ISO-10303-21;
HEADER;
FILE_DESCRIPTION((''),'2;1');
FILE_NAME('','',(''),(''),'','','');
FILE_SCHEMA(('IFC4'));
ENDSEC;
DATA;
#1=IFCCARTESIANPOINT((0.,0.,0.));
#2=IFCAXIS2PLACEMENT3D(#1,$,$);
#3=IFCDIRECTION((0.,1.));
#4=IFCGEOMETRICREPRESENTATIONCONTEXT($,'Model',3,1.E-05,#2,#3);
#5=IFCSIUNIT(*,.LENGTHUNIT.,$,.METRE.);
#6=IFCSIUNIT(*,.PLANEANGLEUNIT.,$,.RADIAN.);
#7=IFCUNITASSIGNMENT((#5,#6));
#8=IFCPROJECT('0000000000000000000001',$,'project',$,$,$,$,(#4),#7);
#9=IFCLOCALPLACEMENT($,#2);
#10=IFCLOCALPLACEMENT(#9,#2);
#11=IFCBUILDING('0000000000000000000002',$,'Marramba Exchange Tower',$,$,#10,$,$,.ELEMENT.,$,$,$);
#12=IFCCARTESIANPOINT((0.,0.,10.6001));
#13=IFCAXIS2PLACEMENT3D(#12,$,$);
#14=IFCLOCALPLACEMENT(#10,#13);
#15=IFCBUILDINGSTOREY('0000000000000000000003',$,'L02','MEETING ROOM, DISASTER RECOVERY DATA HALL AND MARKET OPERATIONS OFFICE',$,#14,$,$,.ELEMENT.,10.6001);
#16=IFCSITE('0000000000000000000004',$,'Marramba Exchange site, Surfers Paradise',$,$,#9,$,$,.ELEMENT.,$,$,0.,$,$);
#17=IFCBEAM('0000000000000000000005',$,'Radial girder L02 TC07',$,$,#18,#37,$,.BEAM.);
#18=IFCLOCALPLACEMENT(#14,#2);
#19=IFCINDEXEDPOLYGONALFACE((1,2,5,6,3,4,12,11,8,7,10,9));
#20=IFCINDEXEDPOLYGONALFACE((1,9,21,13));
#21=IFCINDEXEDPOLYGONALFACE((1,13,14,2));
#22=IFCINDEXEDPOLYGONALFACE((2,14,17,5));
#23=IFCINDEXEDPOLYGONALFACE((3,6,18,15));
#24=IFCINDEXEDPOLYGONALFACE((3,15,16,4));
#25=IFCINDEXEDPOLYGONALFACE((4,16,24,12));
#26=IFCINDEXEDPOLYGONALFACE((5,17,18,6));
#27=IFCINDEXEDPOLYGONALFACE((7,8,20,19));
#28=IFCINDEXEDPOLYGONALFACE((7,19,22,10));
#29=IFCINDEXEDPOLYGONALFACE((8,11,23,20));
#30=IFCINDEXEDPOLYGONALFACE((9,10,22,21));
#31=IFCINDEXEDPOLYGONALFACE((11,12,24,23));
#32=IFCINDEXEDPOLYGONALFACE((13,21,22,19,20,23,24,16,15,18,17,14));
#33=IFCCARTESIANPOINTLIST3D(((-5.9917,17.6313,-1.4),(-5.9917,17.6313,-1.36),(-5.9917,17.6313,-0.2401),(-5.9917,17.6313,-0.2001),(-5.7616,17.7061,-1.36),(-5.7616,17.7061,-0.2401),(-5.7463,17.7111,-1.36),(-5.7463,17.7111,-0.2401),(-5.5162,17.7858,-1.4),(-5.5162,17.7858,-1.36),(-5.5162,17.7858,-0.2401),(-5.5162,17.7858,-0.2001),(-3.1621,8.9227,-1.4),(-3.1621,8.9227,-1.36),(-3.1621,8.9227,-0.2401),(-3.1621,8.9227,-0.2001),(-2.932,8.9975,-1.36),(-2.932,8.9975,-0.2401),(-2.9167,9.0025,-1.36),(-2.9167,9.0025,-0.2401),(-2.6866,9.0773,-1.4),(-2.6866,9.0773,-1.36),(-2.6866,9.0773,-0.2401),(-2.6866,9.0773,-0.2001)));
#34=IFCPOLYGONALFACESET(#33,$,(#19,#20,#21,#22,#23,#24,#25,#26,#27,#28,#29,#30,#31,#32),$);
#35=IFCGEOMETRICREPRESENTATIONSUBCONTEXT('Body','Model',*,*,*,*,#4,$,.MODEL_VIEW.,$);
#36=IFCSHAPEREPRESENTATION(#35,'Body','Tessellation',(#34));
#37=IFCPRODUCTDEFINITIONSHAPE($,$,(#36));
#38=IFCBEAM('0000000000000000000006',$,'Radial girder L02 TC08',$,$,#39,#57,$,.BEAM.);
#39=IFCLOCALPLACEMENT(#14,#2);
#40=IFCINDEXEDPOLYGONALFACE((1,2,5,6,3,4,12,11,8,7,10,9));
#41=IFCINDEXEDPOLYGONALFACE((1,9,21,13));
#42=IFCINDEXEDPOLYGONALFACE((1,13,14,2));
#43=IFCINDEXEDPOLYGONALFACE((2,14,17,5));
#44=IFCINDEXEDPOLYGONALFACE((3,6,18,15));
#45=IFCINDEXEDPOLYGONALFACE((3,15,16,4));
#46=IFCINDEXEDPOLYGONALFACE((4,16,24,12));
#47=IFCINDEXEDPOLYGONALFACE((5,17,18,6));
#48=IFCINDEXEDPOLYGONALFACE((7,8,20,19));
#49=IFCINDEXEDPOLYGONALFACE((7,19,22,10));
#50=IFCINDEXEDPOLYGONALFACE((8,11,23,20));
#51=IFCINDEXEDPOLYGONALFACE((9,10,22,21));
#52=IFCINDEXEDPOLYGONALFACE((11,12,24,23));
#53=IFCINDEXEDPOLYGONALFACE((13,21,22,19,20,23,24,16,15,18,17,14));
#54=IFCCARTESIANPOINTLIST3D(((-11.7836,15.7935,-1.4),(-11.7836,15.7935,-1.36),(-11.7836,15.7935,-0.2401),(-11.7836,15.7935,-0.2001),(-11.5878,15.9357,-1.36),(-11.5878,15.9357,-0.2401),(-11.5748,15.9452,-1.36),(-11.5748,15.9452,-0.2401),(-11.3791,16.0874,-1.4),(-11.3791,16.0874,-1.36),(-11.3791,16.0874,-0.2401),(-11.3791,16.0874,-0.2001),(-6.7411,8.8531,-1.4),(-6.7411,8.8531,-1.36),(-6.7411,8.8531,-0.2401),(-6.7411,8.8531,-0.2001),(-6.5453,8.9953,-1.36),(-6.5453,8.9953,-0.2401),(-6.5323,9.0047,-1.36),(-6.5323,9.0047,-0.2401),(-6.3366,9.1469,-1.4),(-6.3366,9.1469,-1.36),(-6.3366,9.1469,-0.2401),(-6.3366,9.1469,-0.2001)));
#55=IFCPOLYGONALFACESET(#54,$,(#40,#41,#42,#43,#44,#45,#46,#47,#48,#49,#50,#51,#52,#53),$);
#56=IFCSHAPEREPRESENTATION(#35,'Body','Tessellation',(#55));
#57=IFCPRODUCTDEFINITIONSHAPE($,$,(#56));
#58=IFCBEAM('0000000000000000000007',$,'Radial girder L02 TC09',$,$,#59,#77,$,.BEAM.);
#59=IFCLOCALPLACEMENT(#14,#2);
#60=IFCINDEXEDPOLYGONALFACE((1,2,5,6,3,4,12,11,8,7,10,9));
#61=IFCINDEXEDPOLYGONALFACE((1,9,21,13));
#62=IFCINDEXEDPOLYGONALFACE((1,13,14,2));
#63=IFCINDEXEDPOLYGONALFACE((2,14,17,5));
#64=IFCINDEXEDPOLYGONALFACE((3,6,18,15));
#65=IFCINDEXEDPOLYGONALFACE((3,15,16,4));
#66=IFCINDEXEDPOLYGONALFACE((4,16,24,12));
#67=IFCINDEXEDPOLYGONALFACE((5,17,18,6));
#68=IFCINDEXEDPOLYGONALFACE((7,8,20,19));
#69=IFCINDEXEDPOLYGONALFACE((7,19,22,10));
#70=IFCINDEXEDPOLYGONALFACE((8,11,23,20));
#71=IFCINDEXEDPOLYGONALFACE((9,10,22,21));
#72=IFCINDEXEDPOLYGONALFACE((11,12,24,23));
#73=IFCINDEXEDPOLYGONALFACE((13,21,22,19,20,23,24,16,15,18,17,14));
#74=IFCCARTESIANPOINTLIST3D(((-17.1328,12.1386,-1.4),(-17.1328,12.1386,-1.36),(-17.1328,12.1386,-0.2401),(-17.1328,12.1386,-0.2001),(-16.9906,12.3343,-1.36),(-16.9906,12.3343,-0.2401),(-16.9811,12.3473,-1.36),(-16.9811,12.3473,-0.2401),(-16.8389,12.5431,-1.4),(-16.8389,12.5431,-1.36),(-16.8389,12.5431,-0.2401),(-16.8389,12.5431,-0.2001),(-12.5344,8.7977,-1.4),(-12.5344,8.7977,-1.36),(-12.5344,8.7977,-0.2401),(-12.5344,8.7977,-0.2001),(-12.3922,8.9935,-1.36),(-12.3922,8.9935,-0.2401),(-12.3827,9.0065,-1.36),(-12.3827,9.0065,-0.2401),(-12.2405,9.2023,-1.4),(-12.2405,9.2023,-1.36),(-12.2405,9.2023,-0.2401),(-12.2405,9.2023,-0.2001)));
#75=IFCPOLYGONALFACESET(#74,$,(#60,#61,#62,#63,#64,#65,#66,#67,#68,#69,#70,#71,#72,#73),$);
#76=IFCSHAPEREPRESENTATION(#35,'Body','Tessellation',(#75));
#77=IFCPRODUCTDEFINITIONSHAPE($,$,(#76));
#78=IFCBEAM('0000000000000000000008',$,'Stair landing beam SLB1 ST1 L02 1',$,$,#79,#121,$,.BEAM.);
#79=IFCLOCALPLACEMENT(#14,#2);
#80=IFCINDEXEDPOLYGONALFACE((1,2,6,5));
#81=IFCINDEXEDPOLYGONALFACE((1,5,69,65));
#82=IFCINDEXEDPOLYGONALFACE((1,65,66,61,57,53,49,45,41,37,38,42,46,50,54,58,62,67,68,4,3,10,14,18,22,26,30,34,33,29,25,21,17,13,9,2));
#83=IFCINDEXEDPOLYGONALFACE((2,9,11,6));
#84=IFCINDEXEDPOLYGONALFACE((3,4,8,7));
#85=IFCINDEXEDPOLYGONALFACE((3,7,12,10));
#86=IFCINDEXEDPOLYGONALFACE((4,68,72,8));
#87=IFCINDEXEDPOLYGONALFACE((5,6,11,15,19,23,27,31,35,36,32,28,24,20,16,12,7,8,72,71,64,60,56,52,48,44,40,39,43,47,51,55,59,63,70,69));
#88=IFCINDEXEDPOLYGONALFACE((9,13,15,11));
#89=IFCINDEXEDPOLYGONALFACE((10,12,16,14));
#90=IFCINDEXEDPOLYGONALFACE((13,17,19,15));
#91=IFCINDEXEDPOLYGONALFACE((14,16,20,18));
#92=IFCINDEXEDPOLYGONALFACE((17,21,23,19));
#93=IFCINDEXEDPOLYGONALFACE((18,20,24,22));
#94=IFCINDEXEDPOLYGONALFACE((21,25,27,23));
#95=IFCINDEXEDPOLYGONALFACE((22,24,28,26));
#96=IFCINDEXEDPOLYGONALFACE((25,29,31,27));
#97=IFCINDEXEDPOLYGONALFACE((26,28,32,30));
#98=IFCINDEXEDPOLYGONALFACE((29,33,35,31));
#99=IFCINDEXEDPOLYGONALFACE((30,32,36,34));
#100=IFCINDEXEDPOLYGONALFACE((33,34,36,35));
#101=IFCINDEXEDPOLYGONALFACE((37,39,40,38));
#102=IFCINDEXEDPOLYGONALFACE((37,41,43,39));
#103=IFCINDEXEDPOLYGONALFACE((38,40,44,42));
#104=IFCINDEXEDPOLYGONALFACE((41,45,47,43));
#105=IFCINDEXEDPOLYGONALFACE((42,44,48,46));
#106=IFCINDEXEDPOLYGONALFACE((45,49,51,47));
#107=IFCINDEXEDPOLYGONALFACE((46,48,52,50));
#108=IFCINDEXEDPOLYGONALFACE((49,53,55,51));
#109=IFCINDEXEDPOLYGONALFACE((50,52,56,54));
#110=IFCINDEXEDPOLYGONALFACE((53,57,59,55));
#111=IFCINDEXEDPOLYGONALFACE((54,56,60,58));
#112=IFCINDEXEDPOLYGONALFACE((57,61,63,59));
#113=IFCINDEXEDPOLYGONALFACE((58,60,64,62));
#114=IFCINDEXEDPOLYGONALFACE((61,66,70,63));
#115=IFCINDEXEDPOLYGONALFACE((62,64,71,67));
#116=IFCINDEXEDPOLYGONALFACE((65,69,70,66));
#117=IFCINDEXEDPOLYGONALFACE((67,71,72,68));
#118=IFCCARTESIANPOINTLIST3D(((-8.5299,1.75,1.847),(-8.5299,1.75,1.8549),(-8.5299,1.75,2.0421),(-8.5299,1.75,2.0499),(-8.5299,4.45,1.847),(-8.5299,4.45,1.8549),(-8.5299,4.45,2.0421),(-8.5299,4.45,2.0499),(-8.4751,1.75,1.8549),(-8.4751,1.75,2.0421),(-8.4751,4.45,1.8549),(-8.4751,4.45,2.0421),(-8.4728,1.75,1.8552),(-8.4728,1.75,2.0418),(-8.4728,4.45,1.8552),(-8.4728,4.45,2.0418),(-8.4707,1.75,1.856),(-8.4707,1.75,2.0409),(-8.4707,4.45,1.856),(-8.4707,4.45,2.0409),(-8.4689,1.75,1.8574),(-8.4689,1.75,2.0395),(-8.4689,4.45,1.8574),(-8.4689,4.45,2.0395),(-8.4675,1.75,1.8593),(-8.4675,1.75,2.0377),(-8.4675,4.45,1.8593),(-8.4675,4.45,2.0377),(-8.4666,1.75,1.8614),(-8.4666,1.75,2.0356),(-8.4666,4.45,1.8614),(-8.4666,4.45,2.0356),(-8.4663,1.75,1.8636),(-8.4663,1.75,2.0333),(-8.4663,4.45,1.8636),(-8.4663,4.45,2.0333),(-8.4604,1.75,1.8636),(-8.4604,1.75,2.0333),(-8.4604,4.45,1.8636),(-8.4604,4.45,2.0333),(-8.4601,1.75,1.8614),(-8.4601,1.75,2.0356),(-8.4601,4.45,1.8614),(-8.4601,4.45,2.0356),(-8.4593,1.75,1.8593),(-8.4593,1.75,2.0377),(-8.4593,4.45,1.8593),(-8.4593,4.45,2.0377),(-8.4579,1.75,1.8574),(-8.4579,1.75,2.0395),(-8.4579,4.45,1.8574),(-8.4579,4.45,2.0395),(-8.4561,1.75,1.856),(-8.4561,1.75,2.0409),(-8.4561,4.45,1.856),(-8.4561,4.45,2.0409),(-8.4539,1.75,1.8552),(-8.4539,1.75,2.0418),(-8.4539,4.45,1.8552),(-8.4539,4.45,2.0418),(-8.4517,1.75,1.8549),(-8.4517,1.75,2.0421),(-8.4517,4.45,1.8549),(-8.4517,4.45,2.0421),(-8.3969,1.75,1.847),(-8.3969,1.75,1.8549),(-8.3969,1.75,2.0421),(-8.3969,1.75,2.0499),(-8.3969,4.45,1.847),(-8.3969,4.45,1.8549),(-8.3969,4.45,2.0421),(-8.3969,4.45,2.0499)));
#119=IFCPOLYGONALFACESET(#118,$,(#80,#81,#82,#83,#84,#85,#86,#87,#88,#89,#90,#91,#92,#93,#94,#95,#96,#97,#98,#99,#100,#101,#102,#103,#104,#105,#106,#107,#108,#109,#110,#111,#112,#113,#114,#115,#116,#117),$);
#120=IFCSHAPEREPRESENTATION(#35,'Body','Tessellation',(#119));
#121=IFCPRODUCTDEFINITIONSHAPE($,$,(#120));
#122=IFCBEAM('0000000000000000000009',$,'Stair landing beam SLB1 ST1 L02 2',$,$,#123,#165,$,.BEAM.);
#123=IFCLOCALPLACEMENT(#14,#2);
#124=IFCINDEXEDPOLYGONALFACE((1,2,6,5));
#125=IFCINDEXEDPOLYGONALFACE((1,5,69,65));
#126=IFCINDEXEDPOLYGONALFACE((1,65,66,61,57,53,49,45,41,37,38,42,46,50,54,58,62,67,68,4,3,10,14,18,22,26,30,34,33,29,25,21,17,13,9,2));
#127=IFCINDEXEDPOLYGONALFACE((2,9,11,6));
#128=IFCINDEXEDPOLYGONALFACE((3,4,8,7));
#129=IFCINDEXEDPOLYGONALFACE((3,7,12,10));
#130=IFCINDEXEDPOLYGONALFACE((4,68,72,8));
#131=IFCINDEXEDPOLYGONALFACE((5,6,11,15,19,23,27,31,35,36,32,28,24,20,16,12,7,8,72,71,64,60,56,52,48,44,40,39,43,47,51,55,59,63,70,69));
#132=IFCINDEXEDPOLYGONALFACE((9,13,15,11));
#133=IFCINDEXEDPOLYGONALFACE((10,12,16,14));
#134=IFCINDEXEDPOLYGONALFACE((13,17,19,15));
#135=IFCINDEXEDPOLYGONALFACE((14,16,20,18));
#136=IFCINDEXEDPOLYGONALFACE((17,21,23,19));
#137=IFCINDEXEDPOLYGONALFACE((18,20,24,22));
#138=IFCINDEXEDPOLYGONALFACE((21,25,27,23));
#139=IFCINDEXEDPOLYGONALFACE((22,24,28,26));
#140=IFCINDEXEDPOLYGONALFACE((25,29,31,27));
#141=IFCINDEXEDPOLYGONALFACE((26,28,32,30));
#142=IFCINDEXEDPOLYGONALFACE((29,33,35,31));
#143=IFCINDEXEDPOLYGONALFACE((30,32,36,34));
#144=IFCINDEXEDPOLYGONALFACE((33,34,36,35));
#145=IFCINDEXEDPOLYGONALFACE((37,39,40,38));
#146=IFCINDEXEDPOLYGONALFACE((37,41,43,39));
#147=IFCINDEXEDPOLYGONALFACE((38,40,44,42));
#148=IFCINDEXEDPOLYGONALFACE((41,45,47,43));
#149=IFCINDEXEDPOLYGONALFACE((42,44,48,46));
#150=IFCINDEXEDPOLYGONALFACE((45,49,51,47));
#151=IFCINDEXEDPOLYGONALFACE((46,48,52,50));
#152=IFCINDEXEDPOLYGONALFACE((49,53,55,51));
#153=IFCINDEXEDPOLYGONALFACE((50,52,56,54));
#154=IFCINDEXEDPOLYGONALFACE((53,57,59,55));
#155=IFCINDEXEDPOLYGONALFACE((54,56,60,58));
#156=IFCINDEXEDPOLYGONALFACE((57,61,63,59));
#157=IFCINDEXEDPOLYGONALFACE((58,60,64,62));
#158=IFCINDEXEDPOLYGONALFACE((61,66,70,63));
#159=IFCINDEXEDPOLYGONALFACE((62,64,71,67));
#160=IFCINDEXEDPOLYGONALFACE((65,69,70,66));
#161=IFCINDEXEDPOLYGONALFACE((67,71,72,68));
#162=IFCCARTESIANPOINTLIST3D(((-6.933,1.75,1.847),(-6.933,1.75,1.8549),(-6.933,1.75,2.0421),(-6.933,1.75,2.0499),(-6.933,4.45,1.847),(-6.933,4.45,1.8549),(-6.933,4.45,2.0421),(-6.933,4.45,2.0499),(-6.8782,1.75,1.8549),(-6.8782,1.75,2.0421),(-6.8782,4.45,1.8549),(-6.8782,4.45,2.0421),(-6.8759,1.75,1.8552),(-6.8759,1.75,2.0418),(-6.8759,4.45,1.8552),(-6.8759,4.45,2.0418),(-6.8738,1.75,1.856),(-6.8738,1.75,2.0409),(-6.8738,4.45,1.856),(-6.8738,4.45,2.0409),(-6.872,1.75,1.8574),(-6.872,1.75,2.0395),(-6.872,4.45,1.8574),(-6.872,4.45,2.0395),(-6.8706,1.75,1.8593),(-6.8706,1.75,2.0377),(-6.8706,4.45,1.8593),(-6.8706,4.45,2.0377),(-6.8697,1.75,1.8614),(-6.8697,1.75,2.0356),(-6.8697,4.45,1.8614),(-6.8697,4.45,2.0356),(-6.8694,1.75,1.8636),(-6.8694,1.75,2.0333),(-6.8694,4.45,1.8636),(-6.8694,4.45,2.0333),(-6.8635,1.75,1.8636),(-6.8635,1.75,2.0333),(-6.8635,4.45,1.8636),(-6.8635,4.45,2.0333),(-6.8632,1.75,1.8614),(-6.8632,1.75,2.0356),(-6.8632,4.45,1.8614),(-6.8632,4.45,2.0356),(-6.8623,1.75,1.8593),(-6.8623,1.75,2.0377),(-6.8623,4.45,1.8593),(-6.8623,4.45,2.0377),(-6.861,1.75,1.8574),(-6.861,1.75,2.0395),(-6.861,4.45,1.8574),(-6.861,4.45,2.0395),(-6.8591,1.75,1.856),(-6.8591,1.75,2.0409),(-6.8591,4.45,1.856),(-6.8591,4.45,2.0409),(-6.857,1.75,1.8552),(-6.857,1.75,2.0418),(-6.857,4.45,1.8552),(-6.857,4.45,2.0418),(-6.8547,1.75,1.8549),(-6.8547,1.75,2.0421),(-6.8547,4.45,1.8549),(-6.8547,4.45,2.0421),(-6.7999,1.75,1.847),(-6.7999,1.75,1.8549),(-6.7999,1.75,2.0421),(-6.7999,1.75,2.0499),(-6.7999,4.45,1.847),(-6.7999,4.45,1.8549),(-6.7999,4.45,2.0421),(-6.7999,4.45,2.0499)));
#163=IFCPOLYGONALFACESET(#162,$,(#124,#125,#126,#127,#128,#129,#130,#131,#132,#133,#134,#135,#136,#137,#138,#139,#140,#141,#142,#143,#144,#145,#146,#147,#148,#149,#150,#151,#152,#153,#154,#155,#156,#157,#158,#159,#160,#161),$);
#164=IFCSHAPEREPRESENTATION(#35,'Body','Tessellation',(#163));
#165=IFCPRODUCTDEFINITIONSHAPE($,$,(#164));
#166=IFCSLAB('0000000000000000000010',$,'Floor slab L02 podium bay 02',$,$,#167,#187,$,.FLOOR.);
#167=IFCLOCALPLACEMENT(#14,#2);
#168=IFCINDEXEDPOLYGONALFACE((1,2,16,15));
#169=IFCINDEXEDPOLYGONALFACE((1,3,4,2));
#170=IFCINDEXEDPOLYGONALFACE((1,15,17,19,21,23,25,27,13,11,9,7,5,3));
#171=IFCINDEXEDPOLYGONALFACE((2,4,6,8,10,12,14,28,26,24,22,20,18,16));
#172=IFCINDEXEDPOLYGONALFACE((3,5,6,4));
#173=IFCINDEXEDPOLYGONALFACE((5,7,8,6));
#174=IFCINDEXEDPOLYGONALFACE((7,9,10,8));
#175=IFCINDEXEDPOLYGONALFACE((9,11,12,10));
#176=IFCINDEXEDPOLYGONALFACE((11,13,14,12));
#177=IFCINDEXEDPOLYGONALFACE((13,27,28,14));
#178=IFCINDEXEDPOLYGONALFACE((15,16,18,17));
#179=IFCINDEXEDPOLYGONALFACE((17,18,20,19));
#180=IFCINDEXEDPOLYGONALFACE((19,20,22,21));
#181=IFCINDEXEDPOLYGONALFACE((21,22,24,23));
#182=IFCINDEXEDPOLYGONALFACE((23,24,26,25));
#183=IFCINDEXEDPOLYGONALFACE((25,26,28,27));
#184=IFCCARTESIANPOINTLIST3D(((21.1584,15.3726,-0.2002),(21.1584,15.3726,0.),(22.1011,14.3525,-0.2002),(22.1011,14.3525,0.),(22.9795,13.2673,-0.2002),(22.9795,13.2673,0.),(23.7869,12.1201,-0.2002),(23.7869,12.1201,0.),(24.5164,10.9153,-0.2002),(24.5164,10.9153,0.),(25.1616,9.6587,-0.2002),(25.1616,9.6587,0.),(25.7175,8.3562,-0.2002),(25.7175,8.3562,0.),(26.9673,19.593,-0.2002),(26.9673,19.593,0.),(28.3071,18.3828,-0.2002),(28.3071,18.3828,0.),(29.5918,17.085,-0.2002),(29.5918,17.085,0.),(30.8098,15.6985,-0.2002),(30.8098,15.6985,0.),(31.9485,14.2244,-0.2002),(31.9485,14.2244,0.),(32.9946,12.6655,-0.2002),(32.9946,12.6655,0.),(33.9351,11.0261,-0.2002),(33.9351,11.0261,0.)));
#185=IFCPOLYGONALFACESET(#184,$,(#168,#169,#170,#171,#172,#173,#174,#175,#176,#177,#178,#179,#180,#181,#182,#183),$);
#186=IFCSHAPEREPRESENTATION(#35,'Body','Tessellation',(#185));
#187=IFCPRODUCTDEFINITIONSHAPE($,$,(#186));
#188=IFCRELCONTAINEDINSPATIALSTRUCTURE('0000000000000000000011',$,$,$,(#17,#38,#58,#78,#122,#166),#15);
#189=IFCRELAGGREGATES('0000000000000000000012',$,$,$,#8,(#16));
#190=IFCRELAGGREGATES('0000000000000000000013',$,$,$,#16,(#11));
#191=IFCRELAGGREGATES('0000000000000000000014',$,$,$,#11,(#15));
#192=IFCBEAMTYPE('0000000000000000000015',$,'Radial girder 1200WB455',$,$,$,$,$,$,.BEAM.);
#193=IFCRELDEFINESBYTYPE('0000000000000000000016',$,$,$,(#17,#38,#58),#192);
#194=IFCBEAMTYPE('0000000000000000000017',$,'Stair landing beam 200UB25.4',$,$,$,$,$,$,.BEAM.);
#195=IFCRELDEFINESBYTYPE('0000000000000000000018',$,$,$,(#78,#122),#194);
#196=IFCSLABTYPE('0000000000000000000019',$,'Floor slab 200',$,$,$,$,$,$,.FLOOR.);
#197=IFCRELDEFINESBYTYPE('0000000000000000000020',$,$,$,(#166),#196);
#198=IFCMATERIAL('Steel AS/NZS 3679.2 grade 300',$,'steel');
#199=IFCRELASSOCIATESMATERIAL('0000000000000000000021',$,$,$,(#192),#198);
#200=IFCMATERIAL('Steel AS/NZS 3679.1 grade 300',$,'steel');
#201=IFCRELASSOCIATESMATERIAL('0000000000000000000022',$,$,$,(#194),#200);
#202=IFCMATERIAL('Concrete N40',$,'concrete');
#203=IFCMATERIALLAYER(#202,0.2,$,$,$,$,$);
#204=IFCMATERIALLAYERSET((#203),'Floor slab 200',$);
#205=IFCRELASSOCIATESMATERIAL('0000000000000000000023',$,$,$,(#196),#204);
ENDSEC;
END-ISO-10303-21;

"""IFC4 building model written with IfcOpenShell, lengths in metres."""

from ifc_helpers import new_model, si_unit, direction, frame, origin, origin_2d, place, context, subcontext, project, spatial, polyline, i_section, outline, extrude, material, layer, layer_set, material_profile, profile_set, type_object, element, save


model = new_model("IFC4")

# Units and contexts
model_context = context("Model", 3, precision=1e-05, world=origin(), true_north=direction((0.0, 1.0)))
body_context = subcontext(model_context, "Body", "Model", "MODEL_VIEW")
ifc_project = project(units=[si_unit("LENGTHUNIT", "METRE"), si_unit("PLANEANGLEUNIT", "RADIAN")], contexts=[model_context])

# Site, building, storey
site_placement = place(None, origin())
site = spatial("IfcSite", under=ifc_project, at=site_placement, Name="Marramba Exchange site, Surfers Paradise", CompositionType="ELEMENT", RefElevation=0.0)
building_placement = place(site_placement, origin())
building = spatial("IfcBuilding", under=site, at=building_placement, Name="Marramba Exchange Tower", CompositionType="ELEMENT")
storey_placement = place(building_placement, frame((0.0, 0.0, 10.6001)))
storey = spatial("IfcBuildingStorey", under=building, at=storey_placement, Name="L02", Description="MEETING ROOM, DISASTER RECOVERY DATA HALL AND MARKET OPERATIONS OFFICE", CompositionType="ELEMENT", Elevation=10.6001)

# Beams
ifc_material_1 = material(Name="Steel AS/NZS 3679.2 grade 300", Category="steel")
ifc_material_profile_1 = material_profile(ifc_material_1, i_section(OverallWidth=0.5, OverallDepth=1.2, WebThickness=0.0161, FlangeThickness=0.04, at=origin_2d()), Name="1200WB455")
ifc_profile_set_1 = profile_set([ifc_material_profile_1], Name="Steel AS/NZS 3679.2 grade 300")
beam_type_1 = type_object("IfcBeamType", Name="Radial girder 1200WB455", PredefinedType="BEAM", material=ifc_profile_set_1)
beam_1_placement = place(storey_placement, frame((-2.9243, 9.0, -0.8), z_axis=(-0.30902, 0.951056, 0.0), x_axis=(-0.951056, -0.30902, 0.0)))
element("IfcBeam", 1, at=beam_1_placement, inside=storey, type_object=beam_type_1, Name="Radial girder L02 TC07", PredefinedType="BEAM", context=body_context, shape_type="SweptSolid", body=[
    extrude(i_section(OverallWidth=0.5, OverallDepth=1.2, WebThickness=0.0161, FlangeThickness=0.04, at=origin_2d()), origin(), (0.0, 0.0, 1.0), 9.1567),
])
beam_2_placement = place(storey_placement, frame((-6.5388, 9.0, -0.8), z_axis=(-0.587782, 0.809019, 0.0), x_axis=(-0.809019, -0.587782, 0.0)))
element("IfcBeam", 2, at=beam_2_placement, inside=storey, type_object=beam_type_1, Name="Radial girder L02 TC08", PredefinedType="BEAM", context=body_context, shape_type="SweptSolid", body=[
    extrude(i_section(OverallWidth=0.5, OverallDepth=1.2, WebThickness=0.0161, FlangeThickness=0.04, at=origin_2d()), origin(), (0.0, 0.0, 1.0), 8.5789),
])
beam_3_placement = place(storey_placement, frame((-12.3875, 9.0, -0.8), z_axis=(-0.809026, 0.587773, 0.0), x_axis=(-0.587773, -0.809026, 0.0)))
element("IfcBeam", 3, at=beam_3_placement, inside=storey, type_object=beam_type_1, Name="Radial girder L02 TC09", PredefinedType="BEAM", context=body_context, shape_type="SweptSolid", body=[
    extrude(i_section(OverallWidth=0.5, OverallDepth=1.2, WebThickness=0.0161, FlangeThickness=0.04, at=origin_2d()), origin(), (0.0, 0.0, 1.0), 5.6838),
])
ifc_material_2 = material(Name="Steel AS/NZS 3679.1 grade 300", Category="steel")
ifc_material_profile_2 = material_profile(ifc_material_2, i_section(OverallWidth=0.1331, OverallDepth=0.2029, WebThickness=0.0059, FlangeThickness=0.0078, FilletRadius=0.0088, at=origin_2d()), Name="200UB25.4")
ifc_profile_set_2 = profile_set([ifc_material_profile_2], Name="Steel AS/NZS 3679.1 grade 300")
beam_type_2 = type_object("IfcBeamType", Name="Stair landing beam 200UB25.4", PredefinedType="BEAM", material=ifc_profile_set_2)
for number, where, z_axis, x_axis, name in (
    (4, (-8.4634, 1.75, 1.9485), (0.0, 1.0, 0.0), (-1.0, 0.0, 0.0), "Stair landing beam SLB1 ST1 L02 1"),
    (5, (-6.8665, 1.75, 1.9485), (0.0, 1.0, 0.0), (-1.0, 0.0, 0.0), "Stair landing beam SLB1 ST1 L02 2"),
):
    element("IfcBeam", number, at=place(storey_placement, frame(where, z_axis=z_axis, x_axis=x_axis)), inside=storey, type_object=beam_type_2, Name=name, PredefinedType="BEAM", context=body_context, shape_type="SweptSolid", body=[
        extrude(i_section(OverallWidth=0.1331, OverallDepth=0.2029, WebThickness=0.0059, FlangeThickness=0.0078, FilletRadius=0.0088, at=origin_2d()), origin(), (0.0, 0.0, 1.0), 2.7),
    ])

# Slab
ifc_material_3 = material(Name="Concrete N40", Category="concrete")
ifc_layer_1 = layer(ifc_material_3, 0.2)
ifc_layer_set_1 = layer_set([ifc_layer_1], Name="Floor slab 200")
slab_type = type_object("IfcSlabType", Name="Floor slab 200", PredefinedType="FLOOR", material=ifc_layer_set_1)
slab_1_placement = place(storey_placement, frame((0.0, 0.0, -0.2002)))
element("IfcSlab", 6, at=slab_1_placement, inside=storey, type_object=slab_type, Name="Floor slab L02 podium bay 02", PredefinedType="FLOOR", context=body_context, shape_type="SweptSolid", body=[
    extrude(outline(polyline([(28.3071, 18.3828), (29.5918, 17.085), (30.8098, 15.6985), (31.9485, 14.2244), (32.9946, 12.6655), (33.9351, 11.0261), (25.7175, 8.3562), (25.1616, 9.6587), (24.5164, 10.9153), (23.7869, 12.1201), (22.9795, 13.2673), (22.1011, 14.3525), (21.1584, 15.3726), (26.9673, 19.593), (28.3071, 18.3828)])), origin(), (0.0, 0.0, 1.0), 0.2002),
])

save(model, "model.ifc")
